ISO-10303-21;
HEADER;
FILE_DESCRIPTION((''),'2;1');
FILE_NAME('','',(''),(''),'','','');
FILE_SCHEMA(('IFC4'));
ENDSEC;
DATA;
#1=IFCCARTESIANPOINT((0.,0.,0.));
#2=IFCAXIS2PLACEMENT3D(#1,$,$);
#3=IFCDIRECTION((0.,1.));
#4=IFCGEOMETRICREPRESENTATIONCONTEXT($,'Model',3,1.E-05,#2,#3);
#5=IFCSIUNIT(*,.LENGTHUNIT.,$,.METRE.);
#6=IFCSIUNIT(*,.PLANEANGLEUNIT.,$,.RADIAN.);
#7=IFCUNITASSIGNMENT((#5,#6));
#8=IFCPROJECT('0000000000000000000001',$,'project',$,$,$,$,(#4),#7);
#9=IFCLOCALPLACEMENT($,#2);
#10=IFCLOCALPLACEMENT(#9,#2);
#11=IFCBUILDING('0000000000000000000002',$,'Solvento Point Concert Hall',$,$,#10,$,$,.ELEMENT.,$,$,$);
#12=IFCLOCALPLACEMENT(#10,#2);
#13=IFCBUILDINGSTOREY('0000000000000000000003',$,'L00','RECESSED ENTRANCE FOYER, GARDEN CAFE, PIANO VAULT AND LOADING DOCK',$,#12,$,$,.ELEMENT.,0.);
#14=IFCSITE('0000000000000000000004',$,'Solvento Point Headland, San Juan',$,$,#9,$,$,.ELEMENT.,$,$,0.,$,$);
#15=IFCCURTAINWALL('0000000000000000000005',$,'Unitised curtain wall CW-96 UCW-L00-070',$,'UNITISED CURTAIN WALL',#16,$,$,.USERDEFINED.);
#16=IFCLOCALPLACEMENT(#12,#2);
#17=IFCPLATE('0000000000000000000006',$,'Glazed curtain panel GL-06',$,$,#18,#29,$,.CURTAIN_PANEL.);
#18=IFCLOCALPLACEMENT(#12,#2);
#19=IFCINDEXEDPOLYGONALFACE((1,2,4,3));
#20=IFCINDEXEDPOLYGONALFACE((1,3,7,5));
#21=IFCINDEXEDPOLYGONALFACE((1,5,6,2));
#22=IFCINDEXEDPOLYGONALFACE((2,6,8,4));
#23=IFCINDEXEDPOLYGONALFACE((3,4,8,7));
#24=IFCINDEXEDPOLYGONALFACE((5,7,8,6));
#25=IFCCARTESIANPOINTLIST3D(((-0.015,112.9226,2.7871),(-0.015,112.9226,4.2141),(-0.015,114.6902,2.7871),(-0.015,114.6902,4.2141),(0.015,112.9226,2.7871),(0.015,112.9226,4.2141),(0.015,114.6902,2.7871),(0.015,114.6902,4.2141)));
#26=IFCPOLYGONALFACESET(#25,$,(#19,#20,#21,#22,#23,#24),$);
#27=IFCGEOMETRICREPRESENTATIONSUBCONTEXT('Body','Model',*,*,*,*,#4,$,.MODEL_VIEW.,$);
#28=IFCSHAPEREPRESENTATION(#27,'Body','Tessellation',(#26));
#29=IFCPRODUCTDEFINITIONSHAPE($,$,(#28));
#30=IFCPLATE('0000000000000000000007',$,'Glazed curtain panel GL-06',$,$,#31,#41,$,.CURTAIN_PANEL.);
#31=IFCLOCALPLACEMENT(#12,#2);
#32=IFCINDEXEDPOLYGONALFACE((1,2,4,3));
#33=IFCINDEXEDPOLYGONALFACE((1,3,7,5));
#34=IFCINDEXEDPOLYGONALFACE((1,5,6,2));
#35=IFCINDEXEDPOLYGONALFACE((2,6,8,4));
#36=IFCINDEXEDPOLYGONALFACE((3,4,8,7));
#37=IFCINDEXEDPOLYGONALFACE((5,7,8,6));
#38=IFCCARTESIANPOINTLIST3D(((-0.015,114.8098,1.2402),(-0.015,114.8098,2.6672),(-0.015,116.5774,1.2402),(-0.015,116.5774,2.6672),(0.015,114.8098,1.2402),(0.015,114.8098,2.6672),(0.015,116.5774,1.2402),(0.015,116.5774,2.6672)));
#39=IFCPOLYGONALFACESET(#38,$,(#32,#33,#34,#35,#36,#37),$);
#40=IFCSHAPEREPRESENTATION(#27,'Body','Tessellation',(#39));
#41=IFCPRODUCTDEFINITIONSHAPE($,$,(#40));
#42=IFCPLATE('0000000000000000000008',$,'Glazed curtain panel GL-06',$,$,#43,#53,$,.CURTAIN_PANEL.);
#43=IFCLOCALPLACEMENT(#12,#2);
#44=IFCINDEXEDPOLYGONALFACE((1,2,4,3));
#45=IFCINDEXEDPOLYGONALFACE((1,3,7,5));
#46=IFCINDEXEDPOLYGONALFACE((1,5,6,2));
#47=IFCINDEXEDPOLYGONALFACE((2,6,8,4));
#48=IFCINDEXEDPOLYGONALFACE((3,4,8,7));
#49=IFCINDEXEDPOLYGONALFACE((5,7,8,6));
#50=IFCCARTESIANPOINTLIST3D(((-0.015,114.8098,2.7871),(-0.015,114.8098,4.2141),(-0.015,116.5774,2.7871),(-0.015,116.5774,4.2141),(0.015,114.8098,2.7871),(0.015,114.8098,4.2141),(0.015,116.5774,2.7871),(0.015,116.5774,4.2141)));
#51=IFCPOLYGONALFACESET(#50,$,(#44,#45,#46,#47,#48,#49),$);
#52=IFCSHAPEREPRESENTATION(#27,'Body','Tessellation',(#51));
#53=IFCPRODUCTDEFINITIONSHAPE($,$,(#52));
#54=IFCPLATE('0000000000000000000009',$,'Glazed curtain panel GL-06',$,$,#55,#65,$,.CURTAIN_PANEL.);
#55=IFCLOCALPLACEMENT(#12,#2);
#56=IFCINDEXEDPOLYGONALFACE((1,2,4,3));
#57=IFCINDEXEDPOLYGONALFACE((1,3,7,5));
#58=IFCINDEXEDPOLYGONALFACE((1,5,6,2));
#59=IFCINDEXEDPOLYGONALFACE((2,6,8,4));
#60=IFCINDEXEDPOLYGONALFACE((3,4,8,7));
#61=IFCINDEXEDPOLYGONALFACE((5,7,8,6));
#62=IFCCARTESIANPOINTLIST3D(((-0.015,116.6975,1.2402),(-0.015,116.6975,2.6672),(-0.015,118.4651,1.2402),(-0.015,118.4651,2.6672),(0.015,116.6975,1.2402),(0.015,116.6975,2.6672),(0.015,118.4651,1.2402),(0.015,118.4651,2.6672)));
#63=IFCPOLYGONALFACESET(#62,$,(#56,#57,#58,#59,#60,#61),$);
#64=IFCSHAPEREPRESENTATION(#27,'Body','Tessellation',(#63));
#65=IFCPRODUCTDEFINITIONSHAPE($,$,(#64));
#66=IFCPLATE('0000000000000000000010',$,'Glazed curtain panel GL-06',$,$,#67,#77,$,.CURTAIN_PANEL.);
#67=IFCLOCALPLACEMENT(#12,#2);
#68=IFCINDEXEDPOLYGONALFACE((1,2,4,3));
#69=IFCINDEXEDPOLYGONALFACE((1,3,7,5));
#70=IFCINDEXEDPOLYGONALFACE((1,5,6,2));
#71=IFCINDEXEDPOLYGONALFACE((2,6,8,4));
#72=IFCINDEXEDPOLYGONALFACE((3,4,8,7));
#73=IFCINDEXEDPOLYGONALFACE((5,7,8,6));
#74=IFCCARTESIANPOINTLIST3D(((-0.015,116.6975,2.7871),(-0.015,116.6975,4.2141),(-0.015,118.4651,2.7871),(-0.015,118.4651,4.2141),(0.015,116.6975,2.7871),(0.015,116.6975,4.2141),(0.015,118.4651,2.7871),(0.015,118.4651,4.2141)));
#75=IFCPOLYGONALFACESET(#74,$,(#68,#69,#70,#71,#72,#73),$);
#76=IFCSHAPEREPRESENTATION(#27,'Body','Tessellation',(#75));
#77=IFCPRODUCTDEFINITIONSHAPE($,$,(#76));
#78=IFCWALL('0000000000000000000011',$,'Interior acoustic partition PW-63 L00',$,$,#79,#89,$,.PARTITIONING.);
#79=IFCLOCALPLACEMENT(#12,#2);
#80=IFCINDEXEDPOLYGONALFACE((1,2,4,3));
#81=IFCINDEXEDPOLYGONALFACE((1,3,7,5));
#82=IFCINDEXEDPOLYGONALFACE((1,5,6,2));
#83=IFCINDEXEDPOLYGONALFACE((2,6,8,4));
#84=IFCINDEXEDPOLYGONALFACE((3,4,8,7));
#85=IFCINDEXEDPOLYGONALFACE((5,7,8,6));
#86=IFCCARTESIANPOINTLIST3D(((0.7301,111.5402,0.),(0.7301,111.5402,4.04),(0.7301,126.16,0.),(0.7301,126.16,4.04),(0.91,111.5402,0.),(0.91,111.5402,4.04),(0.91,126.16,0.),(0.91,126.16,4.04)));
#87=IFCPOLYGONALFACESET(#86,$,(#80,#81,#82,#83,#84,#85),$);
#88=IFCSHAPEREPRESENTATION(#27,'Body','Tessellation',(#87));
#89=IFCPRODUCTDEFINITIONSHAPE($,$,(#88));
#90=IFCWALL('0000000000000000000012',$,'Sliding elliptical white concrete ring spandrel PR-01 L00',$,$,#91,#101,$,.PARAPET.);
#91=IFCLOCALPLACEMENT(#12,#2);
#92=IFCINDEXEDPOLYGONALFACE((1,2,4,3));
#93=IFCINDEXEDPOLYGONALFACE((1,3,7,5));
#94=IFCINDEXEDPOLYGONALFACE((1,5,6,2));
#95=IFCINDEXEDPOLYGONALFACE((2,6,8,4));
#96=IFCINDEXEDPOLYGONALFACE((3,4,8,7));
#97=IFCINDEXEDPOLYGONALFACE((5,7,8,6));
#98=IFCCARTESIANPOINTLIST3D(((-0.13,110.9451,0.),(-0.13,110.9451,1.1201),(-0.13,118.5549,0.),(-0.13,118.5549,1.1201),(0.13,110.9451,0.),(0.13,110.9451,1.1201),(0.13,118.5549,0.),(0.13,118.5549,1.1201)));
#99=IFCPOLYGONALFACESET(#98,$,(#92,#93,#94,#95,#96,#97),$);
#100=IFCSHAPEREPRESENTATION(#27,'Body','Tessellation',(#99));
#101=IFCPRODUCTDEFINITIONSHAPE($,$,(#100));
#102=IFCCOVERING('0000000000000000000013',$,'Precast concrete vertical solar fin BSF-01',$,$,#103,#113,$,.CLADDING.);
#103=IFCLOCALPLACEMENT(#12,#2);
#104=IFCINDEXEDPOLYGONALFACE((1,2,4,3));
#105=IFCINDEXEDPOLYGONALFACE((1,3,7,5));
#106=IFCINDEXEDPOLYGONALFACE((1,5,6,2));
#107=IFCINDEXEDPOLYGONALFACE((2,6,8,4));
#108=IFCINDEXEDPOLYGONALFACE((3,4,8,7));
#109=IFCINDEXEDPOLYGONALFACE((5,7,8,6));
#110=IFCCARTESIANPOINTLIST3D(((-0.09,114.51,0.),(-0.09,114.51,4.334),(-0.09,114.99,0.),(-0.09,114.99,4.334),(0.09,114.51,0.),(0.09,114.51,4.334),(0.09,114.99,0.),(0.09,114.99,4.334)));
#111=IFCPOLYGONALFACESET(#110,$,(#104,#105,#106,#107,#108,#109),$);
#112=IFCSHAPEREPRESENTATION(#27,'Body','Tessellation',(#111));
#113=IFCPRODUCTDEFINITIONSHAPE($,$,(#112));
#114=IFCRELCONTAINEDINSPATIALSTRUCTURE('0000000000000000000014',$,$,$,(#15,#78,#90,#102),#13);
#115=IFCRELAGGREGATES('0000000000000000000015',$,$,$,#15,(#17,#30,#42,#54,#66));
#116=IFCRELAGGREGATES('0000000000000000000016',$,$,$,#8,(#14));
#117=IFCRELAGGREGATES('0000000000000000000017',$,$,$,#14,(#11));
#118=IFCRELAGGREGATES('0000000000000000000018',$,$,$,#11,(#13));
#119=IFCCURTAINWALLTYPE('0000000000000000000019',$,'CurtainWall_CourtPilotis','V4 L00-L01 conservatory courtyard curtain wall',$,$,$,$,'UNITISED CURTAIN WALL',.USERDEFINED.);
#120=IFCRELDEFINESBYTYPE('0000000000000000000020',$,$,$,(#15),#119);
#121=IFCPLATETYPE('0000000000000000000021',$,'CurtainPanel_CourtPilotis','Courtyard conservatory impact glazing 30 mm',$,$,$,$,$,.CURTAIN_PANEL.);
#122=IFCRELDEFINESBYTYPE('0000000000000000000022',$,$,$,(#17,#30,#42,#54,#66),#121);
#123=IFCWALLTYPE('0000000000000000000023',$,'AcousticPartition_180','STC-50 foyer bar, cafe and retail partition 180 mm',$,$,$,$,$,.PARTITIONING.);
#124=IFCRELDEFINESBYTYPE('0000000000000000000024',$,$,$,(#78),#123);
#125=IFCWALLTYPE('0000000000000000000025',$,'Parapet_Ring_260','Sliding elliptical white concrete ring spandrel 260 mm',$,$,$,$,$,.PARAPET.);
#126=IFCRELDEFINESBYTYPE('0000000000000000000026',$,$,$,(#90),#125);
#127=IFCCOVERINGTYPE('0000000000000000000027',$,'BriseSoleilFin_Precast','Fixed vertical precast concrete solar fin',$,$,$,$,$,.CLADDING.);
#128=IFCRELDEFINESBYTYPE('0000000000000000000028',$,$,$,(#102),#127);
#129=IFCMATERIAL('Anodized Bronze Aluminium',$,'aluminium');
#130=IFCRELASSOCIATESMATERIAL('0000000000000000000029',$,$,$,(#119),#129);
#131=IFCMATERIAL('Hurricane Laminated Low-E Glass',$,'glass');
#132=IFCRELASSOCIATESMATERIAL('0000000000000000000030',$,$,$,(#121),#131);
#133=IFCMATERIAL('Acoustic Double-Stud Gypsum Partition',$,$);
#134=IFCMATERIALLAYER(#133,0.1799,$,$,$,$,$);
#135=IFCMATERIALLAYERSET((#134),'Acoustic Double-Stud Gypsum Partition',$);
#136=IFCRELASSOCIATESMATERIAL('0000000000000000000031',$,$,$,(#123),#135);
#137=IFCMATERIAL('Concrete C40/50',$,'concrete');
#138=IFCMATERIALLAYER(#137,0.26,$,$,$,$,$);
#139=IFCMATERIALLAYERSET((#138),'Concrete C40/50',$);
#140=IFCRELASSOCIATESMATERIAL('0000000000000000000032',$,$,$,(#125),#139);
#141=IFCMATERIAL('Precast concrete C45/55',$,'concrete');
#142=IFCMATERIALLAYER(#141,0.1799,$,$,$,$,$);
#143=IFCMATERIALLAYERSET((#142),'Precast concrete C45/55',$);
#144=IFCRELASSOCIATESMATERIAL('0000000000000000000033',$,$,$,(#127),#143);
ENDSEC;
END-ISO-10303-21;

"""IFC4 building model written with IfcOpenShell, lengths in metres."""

from ifc_helpers import new_model, si_unit, direction, frame, frame_2d, origin, origin_2d, place, context, subcontext, project, spatial, rectangle, extrude, material, layer, layer_set, type_object, element, aggregate, save


model = new_model("IFC4")

# Units and contexts
model_context = context("Model", 3, precision=1e-05, world=origin(), true_north=direction((0.0, 1.0)))
body_context = subcontext(model_context, "Body", "Model", "MODEL_VIEW")
ifc_project = project(units=[si_unit("LENGTHUNIT", "METRE"), si_unit("PLANEANGLEUNIT", "RADIAN")], contexts=[model_context])

# Site, building, storey
site_placement = place(None, origin())
site = spatial("IfcSite", under=ifc_project, at=site_placement, Name="Solvento Point Headland, San Juan", CompositionType="ELEMENT", RefElevation=0.0)
building_placement = place(site_placement, origin())
building = spatial("IfcBuilding", under=site, at=building_placement, Name="Solvento Point Concert Hall", CompositionType="ELEMENT")
storey_placement = place(building_placement, origin())
storey = spatial("IfcBuildingStorey", under=building, at=storey_placement, Name="L00", Description="RECESSED ENTRANCE FOYER, GARDEN CAFE, PIANO VAULT AND LOADING DOCK", CompositionType="ELEMENT", Elevation=0.0)

# Curtain wall
ifc_material_1 = material(Name="Anodized Bronze Aluminium", Category="aluminium")
curtain_wall_type = type_object("IfcCurtainWallType", Name="CurtainWall_CourtPilotis", Description="V4 L00-L01 conservatory courtyard curtain wall", ElementType="UNITISED CURTAIN WALL", PredefinedType="USERDEFINED", material=ifc_material_1)
curtain_wall_1_placement = place(storey_placement, origin())
curtain_wall_1 = element("IfcCurtainWall", 1, at=curtain_wall_1_placement, inside=storey, type_object=curtain_wall_type, Name="Unitised curtain wall CW-96 UCW-L00-070", ObjectType="UNITISED CURTAIN WALL", PredefinedType="USERDEFINED")

# Plates
ifc_material_2 = material(Name="Hurricane Laminated Low-E Glass", Category="glass")
plate_type = type_object("IfcPlateType", Name="CurtainPanel_CourtPilotis", Description="Courtyard conservatory impact glazing 30 mm", PredefinedType="CURTAIN_PANEL", material=ifc_material_2)
plate_1_placement = place(storey_placement, frame((0.0, 113.8064, 2.7871), z_axis=(0.0, 0.0, 1.0), x_axis=(0.0, 1.0, 0.0)))
plate_1 = element("IfcPlate", 2, at=plate_1_placement, type_object=plate_type, Name="Glazed curtain panel GL-06", PredefinedType="CURTAIN_PANEL", context=body_context, shape_type="SweptSolid", body=[
    extrude(rectangle(XDim=1.7676, YDim=0.03, at=origin_2d()), origin(), (0.0, 0.0, 1.0), 1.427),
])
plate_2_placement = place(storey_placement, frame((0.0, 115.6936, 1.2402), z_axis=(0.0, 0.0, 1.0), x_axis=(0.0, 1.0, 0.0)))
plate_2 = element("IfcPlate", 3, at=plate_2_placement, type_object=plate_type, Name="Glazed curtain panel GL-06", PredefinedType="CURTAIN_PANEL", context=body_context, shape_type="SweptSolid", body=[
    extrude(rectangle(XDim=1.7676, YDim=0.03, at=origin_2d()), origin(), (0.0, 0.0, 1.0), 1.427),
])
plate_3_placement = place(storey_placement, frame((0.0, 115.6936, 2.7871), z_axis=(0.0, 0.0, 1.0), x_axis=(0.0, 1.0, 0.0)))
plate_3 = element("IfcPlate", 4, at=plate_3_placement, type_object=plate_type, Name="Glazed curtain panel GL-06", PredefinedType="CURTAIN_PANEL", context=body_context, shape_type="SweptSolid", body=[
    extrude(rectangle(XDim=1.7676, YDim=0.03, at=origin_2d()), origin(), (0.0, 0.0, 1.0), 1.427),
])
plate_4_placement = place(storey_placement, frame((0.0, 117.5813, 1.2402), z_axis=(0.0, 0.0, 1.0), x_axis=(0.0, 1.0, 0.0)))
plate_4 = element("IfcPlate", 5, at=plate_4_placement, type_object=plate_type, Name="Glazed curtain panel GL-06", PredefinedType="CURTAIN_PANEL", context=body_context, shape_type="SweptSolid", body=[
    extrude(rectangle(XDim=1.7676, YDim=0.03, at=origin_2d()), origin(), (0.0, 0.0, 1.0), 1.427),
])
plate_5_placement = place(storey_placement, frame((0.0, 117.5813, 2.7871), z_axis=(0.0, 0.0, 1.0), x_axis=(0.0, 1.0, 0.0)))
plate_5 = element("IfcPlate", 6, at=plate_5_placement, type_object=plate_type, Name="Glazed curtain panel GL-06", PredefinedType="CURTAIN_PANEL", context=body_context, shape_type="SweptSolid", body=[
    extrude(rectangle(XDim=1.7676, YDim=0.03, at=origin_2d()), origin(), (0.0, 0.0, 1.0), 1.427),
])
aggregate(curtain_wall_1, [plate_1, plate_2, plate_3, plate_4, plate_5])

# Walls
ifc_material_3 = material(Name="Acoustic Double-Stud Gypsum Partition")
ifc_layer_1 = layer(ifc_material_3, 0.1799)
ifc_layer_set_1 = layer_set([ifc_layer_1], Name="Acoustic Double-Stud Gypsum Partition")
wall_type_1 = type_object("IfcWallType", Name="AcousticPartition_180", Description="STC-50 foyer bar, cafe and retail partition 180 mm", PredefinedType="PARTITIONING", material=ifc_layer_set_1)
wall_1_placement = place(storey_placement, frame((0.8201, 111.54, 0.0), z_axis=(0.0, 0.0, 1.0), x_axis=(0.0, 1.0, 0.0)))
element("IfcWall", 7, at=wall_1_placement, inside=storey, type_object=wall_type_1, Name="Interior acoustic partition PW-63 L00", PredefinedType="PARTITIONING", context=body_context, shape_type="SweptSolid", body=[
    extrude(rectangle(XDim=14.6199, YDim=0.1799, at=frame_2d((7.3101, 0.0))), origin(), (0.0, 0.0, 1.0), 4.04),
])
ifc_material_4 = material(Name="Concrete C40/50", Category="concrete")
ifc_layer_2 = layer(ifc_material_4, 0.26)
ifc_layer_set_2 = layer_set([ifc_layer_2], Name="Concrete C40/50")
wall_type_2 = type_object("IfcWallType", Name="Parapet_Ring_260", Description="Sliding elliptical white concrete ring spandrel 260 mm", PredefinedType="PARAPET", material=ifc_layer_set_2)
wall_2_placement = place(storey_placement, frame((0.0, 110.9451, 0.0), z_axis=(0.0, 0.0, 1.0), x_axis=(0.0, 1.0, 0.0)))
element("IfcWall", 8, at=wall_2_placement, inside=storey, type_object=wall_type_2, Name="Sliding elliptical white concrete ring spandrel PR-01 L00", PredefinedType="PARAPET", context=body_context, shape_type="SweptSolid", body=[
    extrude(rectangle(XDim=7.6099, YDim=0.26, at=frame_2d((3.8049, 0.0))), origin(), (0.0, 0.0, 1.0), 1.1201),
])

# Covering
ifc_material_5 = material(Name="Precast concrete C45/55", Category="concrete")
ifc_layer_3 = layer(ifc_material_5, 0.1799)
ifc_layer_set_3 = layer_set([ifc_layer_3], Name="Precast concrete C45/55")
covering_type = type_object("IfcCoveringType", Name="BriseSoleilFin_Precast", Description="Fixed vertical precast concrete solar fin", PredefinedType="CLADDING", material=ifc_layer_set_3)
covering_placement = place(storey_placement, frame((0.0, 114.75, 0.0), z_axis=(0.0, 0.0, 1.0), x_axis=(1.0, 0.0, 0.0)))
element("IfcCovering", 9, at=covering_placement, inside=storey, type_object=covering_type, Name="Precast concrete vertical solar fin BSF-01", PredefinedType="CLADDING", context=body_context, shape_type="SweptSolid", body=[
    extrude(rectangle(XDim=0.1799, YDim=0.48, at=origin_2d()), origin(), (0.0, 0.0, 1.0), 4.334),
])

save(model, "model.ifc")
